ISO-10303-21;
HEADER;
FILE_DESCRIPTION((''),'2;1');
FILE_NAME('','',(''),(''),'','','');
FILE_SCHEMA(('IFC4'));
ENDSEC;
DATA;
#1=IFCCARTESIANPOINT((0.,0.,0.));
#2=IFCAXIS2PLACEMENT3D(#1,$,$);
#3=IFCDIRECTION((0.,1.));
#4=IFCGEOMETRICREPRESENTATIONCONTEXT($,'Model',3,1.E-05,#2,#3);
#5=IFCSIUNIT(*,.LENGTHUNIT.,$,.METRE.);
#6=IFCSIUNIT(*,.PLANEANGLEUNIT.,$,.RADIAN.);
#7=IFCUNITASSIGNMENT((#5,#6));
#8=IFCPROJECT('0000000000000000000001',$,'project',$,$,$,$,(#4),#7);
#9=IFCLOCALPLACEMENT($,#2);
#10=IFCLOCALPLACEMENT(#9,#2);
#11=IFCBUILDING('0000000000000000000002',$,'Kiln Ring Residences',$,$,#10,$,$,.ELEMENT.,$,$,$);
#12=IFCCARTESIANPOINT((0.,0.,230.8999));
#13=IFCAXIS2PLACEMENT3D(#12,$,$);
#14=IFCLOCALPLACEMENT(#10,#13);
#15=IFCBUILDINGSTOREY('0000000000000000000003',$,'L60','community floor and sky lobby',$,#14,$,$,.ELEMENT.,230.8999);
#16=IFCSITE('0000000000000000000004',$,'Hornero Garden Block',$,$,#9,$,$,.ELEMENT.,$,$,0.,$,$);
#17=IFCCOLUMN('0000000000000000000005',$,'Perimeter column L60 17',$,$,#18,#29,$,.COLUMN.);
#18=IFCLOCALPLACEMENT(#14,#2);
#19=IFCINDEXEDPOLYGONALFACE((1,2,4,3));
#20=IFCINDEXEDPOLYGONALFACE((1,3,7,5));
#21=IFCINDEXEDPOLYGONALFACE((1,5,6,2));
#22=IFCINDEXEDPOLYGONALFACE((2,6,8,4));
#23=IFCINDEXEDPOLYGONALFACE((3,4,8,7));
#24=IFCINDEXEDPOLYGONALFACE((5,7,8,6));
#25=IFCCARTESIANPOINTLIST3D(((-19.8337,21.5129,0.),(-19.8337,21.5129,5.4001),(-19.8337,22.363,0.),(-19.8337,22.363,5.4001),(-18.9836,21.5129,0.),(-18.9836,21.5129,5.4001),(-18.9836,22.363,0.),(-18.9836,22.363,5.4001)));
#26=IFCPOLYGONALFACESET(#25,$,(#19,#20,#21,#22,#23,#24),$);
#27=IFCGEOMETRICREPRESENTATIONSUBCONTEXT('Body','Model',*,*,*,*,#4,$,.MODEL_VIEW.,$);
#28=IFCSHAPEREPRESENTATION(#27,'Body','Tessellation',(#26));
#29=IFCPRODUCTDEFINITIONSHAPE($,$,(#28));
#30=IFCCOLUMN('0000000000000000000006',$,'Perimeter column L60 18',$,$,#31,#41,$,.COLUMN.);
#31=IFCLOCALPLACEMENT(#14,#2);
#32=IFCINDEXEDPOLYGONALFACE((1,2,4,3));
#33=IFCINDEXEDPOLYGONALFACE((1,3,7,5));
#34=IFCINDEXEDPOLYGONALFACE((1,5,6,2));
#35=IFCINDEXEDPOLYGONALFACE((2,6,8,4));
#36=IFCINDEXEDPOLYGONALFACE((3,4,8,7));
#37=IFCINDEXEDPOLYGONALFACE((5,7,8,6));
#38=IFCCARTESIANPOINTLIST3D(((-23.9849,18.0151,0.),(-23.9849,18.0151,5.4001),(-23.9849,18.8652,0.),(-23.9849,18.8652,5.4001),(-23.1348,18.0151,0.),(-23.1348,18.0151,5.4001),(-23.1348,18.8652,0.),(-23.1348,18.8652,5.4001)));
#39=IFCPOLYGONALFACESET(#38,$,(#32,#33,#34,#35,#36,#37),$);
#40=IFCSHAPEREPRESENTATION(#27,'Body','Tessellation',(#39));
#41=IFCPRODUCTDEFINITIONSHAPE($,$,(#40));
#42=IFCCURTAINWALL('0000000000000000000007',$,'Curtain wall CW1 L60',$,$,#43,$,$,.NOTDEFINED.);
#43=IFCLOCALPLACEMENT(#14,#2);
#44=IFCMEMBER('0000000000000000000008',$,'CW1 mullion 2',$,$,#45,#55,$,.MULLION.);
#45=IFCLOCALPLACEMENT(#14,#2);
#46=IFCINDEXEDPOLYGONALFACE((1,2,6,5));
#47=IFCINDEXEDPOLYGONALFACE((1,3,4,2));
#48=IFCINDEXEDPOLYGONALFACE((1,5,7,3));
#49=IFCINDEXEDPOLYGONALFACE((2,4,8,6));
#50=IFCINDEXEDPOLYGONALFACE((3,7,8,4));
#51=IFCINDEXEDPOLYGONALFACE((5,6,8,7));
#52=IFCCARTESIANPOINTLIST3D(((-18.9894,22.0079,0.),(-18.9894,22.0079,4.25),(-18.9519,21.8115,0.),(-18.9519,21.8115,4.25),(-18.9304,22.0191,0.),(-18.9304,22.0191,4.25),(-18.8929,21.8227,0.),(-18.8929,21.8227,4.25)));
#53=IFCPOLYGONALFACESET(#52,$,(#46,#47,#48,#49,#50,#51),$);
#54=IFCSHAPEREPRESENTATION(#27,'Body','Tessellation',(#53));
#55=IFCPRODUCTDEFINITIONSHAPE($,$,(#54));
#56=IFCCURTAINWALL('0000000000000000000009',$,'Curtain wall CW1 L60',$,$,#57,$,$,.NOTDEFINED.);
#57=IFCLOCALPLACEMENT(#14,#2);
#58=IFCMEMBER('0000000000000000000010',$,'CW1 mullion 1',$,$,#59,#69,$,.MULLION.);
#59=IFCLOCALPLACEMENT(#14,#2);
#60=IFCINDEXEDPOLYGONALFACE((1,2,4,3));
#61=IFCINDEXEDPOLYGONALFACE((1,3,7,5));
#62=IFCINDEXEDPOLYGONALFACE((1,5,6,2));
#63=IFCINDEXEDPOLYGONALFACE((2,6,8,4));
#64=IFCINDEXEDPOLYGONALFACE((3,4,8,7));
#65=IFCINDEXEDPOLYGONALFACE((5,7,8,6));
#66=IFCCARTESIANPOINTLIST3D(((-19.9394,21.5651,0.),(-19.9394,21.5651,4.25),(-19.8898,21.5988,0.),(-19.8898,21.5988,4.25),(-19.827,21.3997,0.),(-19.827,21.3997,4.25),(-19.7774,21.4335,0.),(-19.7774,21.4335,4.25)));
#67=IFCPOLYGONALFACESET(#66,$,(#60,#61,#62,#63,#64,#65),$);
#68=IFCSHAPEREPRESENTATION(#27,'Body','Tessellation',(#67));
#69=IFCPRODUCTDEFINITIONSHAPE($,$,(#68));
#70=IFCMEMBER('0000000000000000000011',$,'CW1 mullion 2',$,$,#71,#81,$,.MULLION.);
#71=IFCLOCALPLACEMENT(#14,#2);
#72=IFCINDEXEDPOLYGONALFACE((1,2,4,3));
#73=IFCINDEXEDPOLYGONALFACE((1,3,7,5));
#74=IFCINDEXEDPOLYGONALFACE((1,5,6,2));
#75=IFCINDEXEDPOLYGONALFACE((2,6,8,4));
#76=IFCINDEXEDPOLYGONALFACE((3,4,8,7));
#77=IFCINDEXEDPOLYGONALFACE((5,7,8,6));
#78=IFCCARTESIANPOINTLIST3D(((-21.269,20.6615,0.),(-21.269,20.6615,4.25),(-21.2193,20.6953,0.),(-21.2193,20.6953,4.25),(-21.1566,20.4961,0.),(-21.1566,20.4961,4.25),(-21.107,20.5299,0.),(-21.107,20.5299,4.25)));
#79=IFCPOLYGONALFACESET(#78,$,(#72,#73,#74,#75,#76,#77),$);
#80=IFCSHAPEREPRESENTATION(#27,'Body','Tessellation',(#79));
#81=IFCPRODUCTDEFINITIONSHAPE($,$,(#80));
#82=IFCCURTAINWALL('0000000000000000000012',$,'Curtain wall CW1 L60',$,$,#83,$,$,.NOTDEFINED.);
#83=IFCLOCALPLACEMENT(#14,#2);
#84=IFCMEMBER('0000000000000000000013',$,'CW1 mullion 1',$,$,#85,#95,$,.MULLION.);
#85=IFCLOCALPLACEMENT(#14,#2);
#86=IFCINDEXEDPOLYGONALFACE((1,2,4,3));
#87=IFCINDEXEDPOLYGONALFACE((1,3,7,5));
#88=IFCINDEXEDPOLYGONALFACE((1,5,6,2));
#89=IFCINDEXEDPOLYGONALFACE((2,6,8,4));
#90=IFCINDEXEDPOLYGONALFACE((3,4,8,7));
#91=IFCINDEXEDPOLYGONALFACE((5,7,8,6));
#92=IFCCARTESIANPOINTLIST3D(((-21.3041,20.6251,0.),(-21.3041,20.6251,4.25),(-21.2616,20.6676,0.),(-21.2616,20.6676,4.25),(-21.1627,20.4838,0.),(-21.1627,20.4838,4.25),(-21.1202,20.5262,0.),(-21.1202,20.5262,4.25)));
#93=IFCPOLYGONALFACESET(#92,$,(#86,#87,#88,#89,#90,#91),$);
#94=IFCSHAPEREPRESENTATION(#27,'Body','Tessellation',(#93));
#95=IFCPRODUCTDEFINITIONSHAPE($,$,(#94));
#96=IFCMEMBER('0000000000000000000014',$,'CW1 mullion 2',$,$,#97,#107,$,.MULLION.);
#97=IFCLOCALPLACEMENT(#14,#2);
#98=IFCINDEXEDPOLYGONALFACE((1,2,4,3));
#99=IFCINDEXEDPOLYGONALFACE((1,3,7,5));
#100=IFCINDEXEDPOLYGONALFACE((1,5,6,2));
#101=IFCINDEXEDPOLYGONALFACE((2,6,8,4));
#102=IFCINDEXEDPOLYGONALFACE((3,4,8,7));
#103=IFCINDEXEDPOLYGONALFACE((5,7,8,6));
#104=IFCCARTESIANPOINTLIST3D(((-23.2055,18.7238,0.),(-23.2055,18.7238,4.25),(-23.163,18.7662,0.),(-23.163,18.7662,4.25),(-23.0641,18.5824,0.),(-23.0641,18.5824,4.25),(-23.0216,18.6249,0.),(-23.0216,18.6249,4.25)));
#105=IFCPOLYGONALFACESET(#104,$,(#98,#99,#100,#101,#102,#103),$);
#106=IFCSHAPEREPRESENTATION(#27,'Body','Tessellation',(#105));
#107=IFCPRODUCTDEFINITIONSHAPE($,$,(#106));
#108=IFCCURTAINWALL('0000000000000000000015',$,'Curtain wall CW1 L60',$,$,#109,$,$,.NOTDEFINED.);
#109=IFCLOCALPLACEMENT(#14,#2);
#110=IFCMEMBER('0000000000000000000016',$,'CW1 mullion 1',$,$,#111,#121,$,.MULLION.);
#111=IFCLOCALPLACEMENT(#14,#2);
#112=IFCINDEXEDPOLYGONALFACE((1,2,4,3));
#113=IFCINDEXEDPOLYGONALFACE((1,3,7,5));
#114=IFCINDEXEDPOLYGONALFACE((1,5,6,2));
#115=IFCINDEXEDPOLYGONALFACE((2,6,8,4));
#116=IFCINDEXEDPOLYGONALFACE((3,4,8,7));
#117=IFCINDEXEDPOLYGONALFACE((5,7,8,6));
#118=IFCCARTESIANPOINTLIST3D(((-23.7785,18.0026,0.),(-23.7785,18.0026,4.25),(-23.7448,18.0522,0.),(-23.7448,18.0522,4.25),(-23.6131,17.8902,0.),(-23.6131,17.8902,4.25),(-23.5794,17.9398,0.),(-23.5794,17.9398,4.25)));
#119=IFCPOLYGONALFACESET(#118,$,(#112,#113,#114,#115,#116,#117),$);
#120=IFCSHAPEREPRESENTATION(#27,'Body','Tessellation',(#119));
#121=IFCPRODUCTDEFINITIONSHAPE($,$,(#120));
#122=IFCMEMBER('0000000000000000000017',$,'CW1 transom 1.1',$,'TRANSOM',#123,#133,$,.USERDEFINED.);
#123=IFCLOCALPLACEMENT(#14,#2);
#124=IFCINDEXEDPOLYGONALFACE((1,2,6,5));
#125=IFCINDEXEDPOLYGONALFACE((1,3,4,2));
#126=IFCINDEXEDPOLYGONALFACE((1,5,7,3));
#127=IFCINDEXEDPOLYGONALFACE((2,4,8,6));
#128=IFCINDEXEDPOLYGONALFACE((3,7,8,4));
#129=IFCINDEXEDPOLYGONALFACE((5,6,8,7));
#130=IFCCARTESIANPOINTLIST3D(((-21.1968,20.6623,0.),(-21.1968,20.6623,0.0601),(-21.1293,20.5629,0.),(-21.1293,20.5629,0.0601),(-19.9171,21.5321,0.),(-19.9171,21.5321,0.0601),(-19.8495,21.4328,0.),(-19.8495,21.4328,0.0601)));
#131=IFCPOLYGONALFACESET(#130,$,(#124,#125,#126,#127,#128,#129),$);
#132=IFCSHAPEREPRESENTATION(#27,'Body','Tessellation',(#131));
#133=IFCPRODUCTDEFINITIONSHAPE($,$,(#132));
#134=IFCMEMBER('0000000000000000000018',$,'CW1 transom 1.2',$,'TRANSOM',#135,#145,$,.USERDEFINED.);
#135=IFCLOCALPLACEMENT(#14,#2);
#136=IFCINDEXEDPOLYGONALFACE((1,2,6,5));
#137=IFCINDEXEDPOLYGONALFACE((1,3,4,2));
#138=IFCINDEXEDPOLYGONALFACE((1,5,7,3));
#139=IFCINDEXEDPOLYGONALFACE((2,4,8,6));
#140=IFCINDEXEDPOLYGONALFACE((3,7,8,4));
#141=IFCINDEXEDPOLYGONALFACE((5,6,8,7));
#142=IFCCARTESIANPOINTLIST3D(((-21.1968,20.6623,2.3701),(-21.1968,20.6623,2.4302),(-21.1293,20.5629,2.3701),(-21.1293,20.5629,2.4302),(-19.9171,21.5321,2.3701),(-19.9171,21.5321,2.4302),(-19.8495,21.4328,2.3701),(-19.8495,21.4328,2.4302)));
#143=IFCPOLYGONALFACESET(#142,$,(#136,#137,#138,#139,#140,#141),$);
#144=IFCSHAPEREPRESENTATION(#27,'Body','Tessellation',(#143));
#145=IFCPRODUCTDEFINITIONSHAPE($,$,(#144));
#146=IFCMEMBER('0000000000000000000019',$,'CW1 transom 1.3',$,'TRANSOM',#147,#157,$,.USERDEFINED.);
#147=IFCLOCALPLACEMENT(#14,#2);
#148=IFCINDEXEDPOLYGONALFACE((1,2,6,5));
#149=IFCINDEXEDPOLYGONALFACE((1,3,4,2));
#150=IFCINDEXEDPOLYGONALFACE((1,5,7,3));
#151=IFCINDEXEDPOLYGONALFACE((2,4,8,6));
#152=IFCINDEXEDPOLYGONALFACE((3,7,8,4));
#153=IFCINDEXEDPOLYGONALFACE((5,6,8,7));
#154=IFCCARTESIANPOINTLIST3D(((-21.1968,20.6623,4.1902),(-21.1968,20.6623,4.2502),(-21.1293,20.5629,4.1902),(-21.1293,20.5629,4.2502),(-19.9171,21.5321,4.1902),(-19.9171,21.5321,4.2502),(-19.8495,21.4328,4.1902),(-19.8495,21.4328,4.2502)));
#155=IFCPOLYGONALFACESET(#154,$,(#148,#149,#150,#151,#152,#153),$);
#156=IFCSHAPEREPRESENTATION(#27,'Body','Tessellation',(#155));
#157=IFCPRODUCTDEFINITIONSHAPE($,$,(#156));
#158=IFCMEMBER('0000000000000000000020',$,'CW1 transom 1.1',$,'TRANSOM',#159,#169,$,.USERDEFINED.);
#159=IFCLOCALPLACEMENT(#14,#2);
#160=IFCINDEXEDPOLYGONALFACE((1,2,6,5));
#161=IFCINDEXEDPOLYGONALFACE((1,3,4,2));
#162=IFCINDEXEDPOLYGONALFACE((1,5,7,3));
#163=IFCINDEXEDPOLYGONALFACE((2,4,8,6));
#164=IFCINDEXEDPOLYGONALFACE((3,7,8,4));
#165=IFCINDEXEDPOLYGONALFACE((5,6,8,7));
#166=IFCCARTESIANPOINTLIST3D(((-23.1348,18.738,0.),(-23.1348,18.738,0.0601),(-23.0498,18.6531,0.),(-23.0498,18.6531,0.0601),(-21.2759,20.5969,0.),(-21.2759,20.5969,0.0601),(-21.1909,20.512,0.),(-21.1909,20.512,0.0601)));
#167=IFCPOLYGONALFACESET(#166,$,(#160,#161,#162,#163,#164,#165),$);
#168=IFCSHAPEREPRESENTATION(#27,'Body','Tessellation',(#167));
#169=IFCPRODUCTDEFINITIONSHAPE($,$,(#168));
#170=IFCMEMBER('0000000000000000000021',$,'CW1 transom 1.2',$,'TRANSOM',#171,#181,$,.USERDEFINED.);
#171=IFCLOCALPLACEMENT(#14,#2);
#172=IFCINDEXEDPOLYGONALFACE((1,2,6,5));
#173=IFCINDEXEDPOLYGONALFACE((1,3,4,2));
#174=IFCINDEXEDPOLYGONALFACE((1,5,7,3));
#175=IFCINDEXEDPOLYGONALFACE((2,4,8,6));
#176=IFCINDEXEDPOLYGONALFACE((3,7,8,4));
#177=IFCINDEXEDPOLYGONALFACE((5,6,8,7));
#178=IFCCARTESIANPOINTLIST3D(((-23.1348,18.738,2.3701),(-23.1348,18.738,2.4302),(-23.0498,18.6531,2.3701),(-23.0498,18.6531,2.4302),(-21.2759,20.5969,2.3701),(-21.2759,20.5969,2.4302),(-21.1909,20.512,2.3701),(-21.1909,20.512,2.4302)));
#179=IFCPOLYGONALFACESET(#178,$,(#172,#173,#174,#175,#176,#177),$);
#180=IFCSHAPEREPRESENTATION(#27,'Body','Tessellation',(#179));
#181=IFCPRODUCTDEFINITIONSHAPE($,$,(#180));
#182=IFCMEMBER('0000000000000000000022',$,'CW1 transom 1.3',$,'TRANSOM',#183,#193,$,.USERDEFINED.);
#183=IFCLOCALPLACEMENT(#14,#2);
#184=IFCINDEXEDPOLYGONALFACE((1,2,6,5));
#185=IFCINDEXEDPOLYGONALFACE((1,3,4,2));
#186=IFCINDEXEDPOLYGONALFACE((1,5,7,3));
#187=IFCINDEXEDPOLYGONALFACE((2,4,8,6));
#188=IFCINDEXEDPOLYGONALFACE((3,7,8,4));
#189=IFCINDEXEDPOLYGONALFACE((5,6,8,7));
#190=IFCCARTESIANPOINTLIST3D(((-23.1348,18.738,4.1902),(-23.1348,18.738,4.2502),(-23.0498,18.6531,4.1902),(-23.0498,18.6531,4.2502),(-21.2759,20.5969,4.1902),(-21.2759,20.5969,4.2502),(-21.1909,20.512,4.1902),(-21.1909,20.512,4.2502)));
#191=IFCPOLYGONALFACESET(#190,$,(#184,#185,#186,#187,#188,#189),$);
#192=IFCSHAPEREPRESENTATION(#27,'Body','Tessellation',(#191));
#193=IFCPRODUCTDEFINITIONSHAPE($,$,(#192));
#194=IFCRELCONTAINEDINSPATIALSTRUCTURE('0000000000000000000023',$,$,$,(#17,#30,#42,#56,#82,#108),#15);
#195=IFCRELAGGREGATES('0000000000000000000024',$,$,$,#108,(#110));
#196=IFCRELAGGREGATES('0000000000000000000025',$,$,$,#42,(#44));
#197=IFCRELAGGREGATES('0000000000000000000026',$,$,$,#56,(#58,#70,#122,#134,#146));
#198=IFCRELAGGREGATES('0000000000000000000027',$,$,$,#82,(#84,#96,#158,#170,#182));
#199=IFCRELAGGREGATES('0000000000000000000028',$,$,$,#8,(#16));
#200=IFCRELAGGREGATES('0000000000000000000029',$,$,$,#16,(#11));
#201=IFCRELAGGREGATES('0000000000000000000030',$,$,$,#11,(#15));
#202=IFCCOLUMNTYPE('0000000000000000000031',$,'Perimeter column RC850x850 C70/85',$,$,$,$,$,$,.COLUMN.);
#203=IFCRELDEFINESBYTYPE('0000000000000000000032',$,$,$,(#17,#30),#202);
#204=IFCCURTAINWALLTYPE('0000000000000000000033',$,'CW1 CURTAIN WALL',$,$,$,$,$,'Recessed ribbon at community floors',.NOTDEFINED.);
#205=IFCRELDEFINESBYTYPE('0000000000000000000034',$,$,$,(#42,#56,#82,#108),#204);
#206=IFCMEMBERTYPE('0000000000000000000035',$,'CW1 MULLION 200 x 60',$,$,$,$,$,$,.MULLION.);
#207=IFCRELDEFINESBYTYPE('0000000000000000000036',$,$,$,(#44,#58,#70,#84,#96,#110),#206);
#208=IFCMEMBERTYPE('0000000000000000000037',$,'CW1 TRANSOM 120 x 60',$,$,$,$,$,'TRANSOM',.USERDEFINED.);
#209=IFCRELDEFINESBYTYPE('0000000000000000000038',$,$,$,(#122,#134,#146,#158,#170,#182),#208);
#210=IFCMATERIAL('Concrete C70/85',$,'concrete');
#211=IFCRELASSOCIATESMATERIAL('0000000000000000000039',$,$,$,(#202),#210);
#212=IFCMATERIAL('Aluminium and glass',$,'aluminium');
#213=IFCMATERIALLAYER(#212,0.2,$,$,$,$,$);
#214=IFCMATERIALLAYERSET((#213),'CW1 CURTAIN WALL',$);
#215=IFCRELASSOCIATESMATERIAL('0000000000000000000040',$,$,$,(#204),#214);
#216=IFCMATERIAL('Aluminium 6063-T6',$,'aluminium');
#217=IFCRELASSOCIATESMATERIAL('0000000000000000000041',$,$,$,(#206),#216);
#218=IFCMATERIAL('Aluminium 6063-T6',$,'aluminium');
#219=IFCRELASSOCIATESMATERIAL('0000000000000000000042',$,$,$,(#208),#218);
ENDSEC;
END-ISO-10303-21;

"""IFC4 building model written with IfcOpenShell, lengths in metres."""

from ifc_helpers import new_model, si_unit, direction, frame, origin, origin_2d, place, context, subcontext, project, spatial, rectangle, extrude, material, layer, layer_set, material_profile, profile_set, type_object, element, aggregate, save


model = new_model("IFC4")

# Units and contexts
model_context = context("Model", 3, precision=1e-05, world=origin(), true_north=direction((0.0, 1.0)))
body_context = subcontext(model_context, "Body", "Model", "MODEL_VIEW")
ifc_project = project(units=[si_unit("LENGTHUNIT", "METRE"), si_unit("PLANEANGLEUNIT", "RADIAN")], contexts=[model_context])

# Site, building, storey
site_placement = place(None, origin())
site = spatial("IfcSite", under=ifc_project, at=site_placement, Name="Hornero Garden Block", CompositionType="ELEMENT", RefElevation=0.0)
building_placement = place(site_placement, origin())
building = spatial("IfcBuilding", under=site, at=building_placement, Name="Kiln Ring Residences", CompositionType="ELEMENT")
storey_placement = place(building_placement, frame((0.0, 0.0, 230.8999)))
storey = spatial("IfcBuildingStorey", under=building, at=storey_placement, Name="L60", Description="community floor and sky lobby", CompositionType="ELEMENT", Elevation=230.8999)

# Columns
ifc_material_1 = material(Name="Concrete C70/85", Category="concrete")
ifc_material_profile_1 = material_profile(ifc_material_1, rectangle(XDim=0.8501, YDim=0.8501, at=origin_2d()), Name="RC850x850")
ifc_profile_set_1 = profile_set([ifc_material_profile_1], Name="Concrete C70/85")
column_type = type_object("IfcColumnType", Name="Perimeter column RC850x850 C70/85", PredefinedType="COLUMN", material=ifc_profile_set_1)
for number, where, z_axis, x_axis, name in (
    (1, (-19.4087, 21.938, 0.0), (0.0, 0.0, 1.0), (1.0, 0.0, 0.0), "Perimeter column L60 17"),
    (2, (-23.5598, 18.4402, 0.0), (0.0, 0.0, 1.0), (1.0, 0.0, 0.0), "Perimeter column L60 18"),
):
    element("IfcColumn", number, at=place(storey_placement, frame(where, z_axis=z_axis, x_axis=x_axis)), inside=storey, type_object=column_type, Name=name, PredefinedType="COLUMN", context=body_context, shape_type="SweptSolid", body=[
        extrude(rectangle(XDim=0.8501, YDim=0.8501, at=origin_2d()), origin(), (0.0, 0.0, 1.0), 5.4001),
    ])

# Curtain wall, member
ifc_material_2 = material(Name="Aluminium and glass", Category="aluminium")
ifc_layer_1 = layer(ifc_material_2, 0.2)
ifc_layer_set_1 = layer_set([ifc_layer_1], Name="CW1 CURTAIN WALL")
curtain_wall_type = type_object("IfcCurtainWallType", Name="CW1 CURTAIN WALL", ElementType="Recessed ribbon at community floors", PredefinedType="NOTDEFINED", material=ifc_layer_set_1)
placement = place(storey_placement, origin())
curtain_wall_1 = element("IfcCurtainWall", 3, at=placement, inside=storey, type_object=curtain_wall_type, Name="Curtain wall CW1 L60", PredefinedType="NOTDEFINED")
ifc_material_3 = material(Name="Aluminium 6063-T6", Category="aluminium")
ifc_material_profile_2 = material_profile(ifc_material_3, rectangle(XDim=0.2, YDim=0.0601, at=origin_2d()), Name="AL 200x60")
ifc_profile_set_2 = profile_set([ifc_material_profile_2], Name="Aluminium 6063-T6")
member_type_1 = type_object("IfcMemberType", Name="CW1 MULLION 200 x 60", PredefinedType="MULLION", material=ifc_profile_set_2)
member_1_placement = place(storey_placement, frame((-18.9412, 21.9153, 0.0), z_axis=(0.0, 0.0, 1.0), x_axis=(0.187366, -0.98229, 0.0)))
member_1 = element("IfcMember", 4, at=member_1_placement, type_object=member_type_1, Name="CW1 mullion 2", PredefinedType="MULLION", context=body_context, shape_type="SweptSolid", body=[
    extrude(rectangle(XDim=0.2, YDim=0.0601, at=origin_2d()), origin(), (0.0, 0.0, 1.0), 4.25),
])

# Curtain walls, members
curtain_wall_2 = element("IfcCurtainWall", 5, at=placement, inside=storey, type_object=curtain_wall_type, Name="Curtain wall CW1 L60", PredefinedType="NOTDEFINED")
member_2_placement = place(storey_placement, frame((-19.8584, 21.4993, 0.0), z_axis=(0.0, 0.0, 1.0), x_axis=(0.562097, -0.827072, 0.0)))
member_2 = element("IfcMember", 6, at=member_2_placement, type_object=member_type_1, Name="CW1 mullion 1", PredefinedType="MULLION", context=body_context, shape_type="SweptSolid", body=[
    extrude(rectangle(XDim=0.2, YDim=0.0601, at=origin_2d()), origin(), (0.0, 0.0, 1.0), 4.25),
])
member_3_placement = place(storey_placement, frame((-21.188, 20.5957, 0.0), z_axis=(0.0, 0.0, 1.0), x_axis=(0.562097, -0.827072, 0.0)))
member_3 = element("IfcMember", 7, at=member_3_placement, type_object=member_type_1, Name="CW1 mullion 2", PredefinedType="MULLION", context=body_context, shape_type="SweptSolid", body=[
    extrude(rectangle(XDim=0.2, YDim=0.0601, at=origin_2d()), origin(), (0.0, 0.0, 1.0), 4.25),
])
curtain_wall_3 = element("IfcCurtainWall", 8, at=placement, inside=storey, type_object=curtain_wall_type, Name="Curtain wall CW1 L60", PredefinedType="NOTDEFINED")
member_4_placement = place(storey_placement, frame((-21.2122, 20.5757, 0.0), z_axis=(0.0, 0.0, 1.0), x_axis=(0.707107, -0.707107, 0.0)))
member_4 = element("IfcMember", 9, at=member_4_placement, type_object=member_type_1, Name="CW1 mullion 1", PredefinedType="MULLION", context=body_context, shape_type="SweptSolid", body=[
    extrude(rectangle(XDim=0.2, YDim=0.0601, at=origin_2d()), origin(), (0.0, 0.0, 1.0), 4.25),
])
member_5_placement = place(storey_placement, frame((-23.1135, 18.6743, 0.0), z_axis=(0.0, 0.0, 1.0), x_axis=(0.707107, -0.707107, 0.0)))
member_5 = element("IfcMember", 10, at=member_5_placement, type_object=member_type_1, Name="CW1 mullion 2", PredefinedType="MULLION", context=body_context, shape_type="SweptSolid", body=[
    extrude(rectangle(XDim=0.2, YDim=0.0601, at=origin_2d()), origin(), (0.0, 0.0, 1.0), 4.25),
])

# Curtain wall, member
curtain_wall_4 = element("IfcCurtainWall", 11, at=placement, inside=storey, type_object=curtain_wall_type, Name="Curtain wall CW1 L60", PredefinedType="NOTDEFINED")
member_6_placement = place(storey_placement, frame((-23.679, 17.9712, 0.0), z_axis=(0.0, 0.0, 1.0), x_axis=(0.827072, -0.562097, 0.0)))
member_6 = element("IfcMember", 12, at=member_6_placement, type_object=member_type_1, Name="CW1 mullion 1", PredefinedType="MULLION", context=body_context, shape_type="SweptSolid", body=[
    extrude(rectangle(XDim=0.2, YDim=0.0601, at=origin_2d()), origin(), (0.0, 0.0, 1.0), 4.25),
])
aggregate(curtain_wall_4, [member_6])

# Members
ifc_material_4 = material(Name="Aluminium 6063-T6", Category="aluminium")
ifc_material_profile_3 = material_profile(ifc_material_4, rectangle(XDim=0.1201, YDim=0.0601, at=origin_2d()), Name="AL 120x60")
ifc_profile_set_3 = profile_set([ifc_material_profile_3], Name="Aluminium 6063-T6")
member_type_2 = type_object("IfcMemberType", Name="CW1 TRANSOM 120 x 60", ElementType="TRANSOM", PredefinedType="USERDEFINED", material=ifc_profile_set_3)
member_7_placement = place(storey_placement, frame((-19.8833, 21.4824, 0.03), z_axis=(-0.827041, -0.562142, 0.0), x_axis=(0.562142, -0.827041, 0.0)))
member_7 = element("IfcMember", 13, at=member_7_placement, type_object=member_type_2, Name="CW1 transom 1.1", ObjectType="TRANSOM", PredefinedType="USERDEFINED", context=body_context, shape_type="SweptSolid", body=[
    extrude(rectangle(XDim=0.1201, YDim=0.0601, at=origin_2d()), origin(), (0.0, 0.0, 1.0), 1.5474),
])
member_8_placement = place(storey_placement, frame((-19.8833, 21.4824, 2.4001), z_axis=(-0.827041, -0.562142, 0.0), x_axis=(0.562142, -0.827041, 0.0)))
member_8 = element("IfcMember", 14, at=member_8_placement, type_object=member_type_2, Name="CW1 transom 1.2", ObjectType="TRANSOM", PredefinedType="USERDEFINED", context=body_context, shape_type="SweptSolid", body=[
    extrude(rectangle(XDim=0.1201, YDim=0.0601, at=origin_2d()), origin(), (0.0, 0.0, 1.0), 1.5474),
])
member_9_placement = place(storey_placement, frame((-19.8833, 21.4824, 4.2202), z_axis=(-0.827041, -0.562142, 0.0), x_axis=(0.562142, -0.827041, 0.0)))
member_9 = element("IfcMember", 15, at=member_9_placement, type_object=member_type_2, Name="CW1 transom 1.3", ObjectType="TRANSOM", PredefinedType="USERDEFINED", context=body_context, shape_type="SweptSolid", body=[
    extrude(rectangle(XDim=0.1201, YDim=0.0601, at=origin_2d()), origin(), (0.0, 0.0, 1.0), 1.5474),
])
member_10_placement = place(storey_placement, frame((-21.2334, 20.5544, 0.03), z_axis=(-0.707107, -0.707107, 0.0), x_axis=(0.707107, -0.707107, 0.0)))
member_10 = element("IfcMember", 16, at=member_10_placement, type_object=member_type_2, Name="CW1 transom 1.1", ObjectType="TRANSOM", PredefinedType="USERDEFINED", context=body_context, shape_type="SweptSolid", body=[
    extrude(rectangle(XDim=0.1201, YDim=0.0601, at=origin_2d()), origin(), (0.0, 0.0, 1.0), 2.6289),
])
member_11_placement = place(storey_placement, frame((-21.2334, 20.5544, 2.4001), z_axis=(-0.707107, -0.707107, 0.0), x_axis=(0.707107, -0.707107, 0.0)))
member_11 = element("IfcMember", 17, at=member_11_placement, type_object=member_type_2, Name="CW1 transom 1.2", ObjectType="TRANSOM", PredefinedType="USERDEFINED", context=body_context, shape_type="SweptSolid", body=[
    extrude(rectangle(XDim=0.1201, YDim=0.0601, at=origin_2d()), origin(), (0.0, 0.0, 1.0), 2.6289),
])
member_12_placement = place(storey_placement, frame((-21.2334, 20.5544, 4.2202), z_axis=(-0.707107, -0.707107, 0.0), x_axis=(0.707107, -0.707107, 0.0)))
member_12 = element("IfcMember", 18, at=member_12_placement, type_object=member_type_2, Name="CW1 transom 1.3", ObjectType="TRANSOM", PredefinedType="USERDEFINED", context=body_context, shape_type="SweptSolid", body=[
    extrude(rectangle(XDim=0.1201, YDim=0.0601, at=origin_2d()), origin(), (0.0, 0.0, 1.0), 2.6289),
])

aggregate(curtain_wall_1, [member_1])
aggregate(curtain_wall_2, [member_2, member_3, member_7, member_8, member_9])
aggregate(curtain_wall_3, [member_4, member_5, member_10, member_11, member_12])

save(model, "model.ifc")
